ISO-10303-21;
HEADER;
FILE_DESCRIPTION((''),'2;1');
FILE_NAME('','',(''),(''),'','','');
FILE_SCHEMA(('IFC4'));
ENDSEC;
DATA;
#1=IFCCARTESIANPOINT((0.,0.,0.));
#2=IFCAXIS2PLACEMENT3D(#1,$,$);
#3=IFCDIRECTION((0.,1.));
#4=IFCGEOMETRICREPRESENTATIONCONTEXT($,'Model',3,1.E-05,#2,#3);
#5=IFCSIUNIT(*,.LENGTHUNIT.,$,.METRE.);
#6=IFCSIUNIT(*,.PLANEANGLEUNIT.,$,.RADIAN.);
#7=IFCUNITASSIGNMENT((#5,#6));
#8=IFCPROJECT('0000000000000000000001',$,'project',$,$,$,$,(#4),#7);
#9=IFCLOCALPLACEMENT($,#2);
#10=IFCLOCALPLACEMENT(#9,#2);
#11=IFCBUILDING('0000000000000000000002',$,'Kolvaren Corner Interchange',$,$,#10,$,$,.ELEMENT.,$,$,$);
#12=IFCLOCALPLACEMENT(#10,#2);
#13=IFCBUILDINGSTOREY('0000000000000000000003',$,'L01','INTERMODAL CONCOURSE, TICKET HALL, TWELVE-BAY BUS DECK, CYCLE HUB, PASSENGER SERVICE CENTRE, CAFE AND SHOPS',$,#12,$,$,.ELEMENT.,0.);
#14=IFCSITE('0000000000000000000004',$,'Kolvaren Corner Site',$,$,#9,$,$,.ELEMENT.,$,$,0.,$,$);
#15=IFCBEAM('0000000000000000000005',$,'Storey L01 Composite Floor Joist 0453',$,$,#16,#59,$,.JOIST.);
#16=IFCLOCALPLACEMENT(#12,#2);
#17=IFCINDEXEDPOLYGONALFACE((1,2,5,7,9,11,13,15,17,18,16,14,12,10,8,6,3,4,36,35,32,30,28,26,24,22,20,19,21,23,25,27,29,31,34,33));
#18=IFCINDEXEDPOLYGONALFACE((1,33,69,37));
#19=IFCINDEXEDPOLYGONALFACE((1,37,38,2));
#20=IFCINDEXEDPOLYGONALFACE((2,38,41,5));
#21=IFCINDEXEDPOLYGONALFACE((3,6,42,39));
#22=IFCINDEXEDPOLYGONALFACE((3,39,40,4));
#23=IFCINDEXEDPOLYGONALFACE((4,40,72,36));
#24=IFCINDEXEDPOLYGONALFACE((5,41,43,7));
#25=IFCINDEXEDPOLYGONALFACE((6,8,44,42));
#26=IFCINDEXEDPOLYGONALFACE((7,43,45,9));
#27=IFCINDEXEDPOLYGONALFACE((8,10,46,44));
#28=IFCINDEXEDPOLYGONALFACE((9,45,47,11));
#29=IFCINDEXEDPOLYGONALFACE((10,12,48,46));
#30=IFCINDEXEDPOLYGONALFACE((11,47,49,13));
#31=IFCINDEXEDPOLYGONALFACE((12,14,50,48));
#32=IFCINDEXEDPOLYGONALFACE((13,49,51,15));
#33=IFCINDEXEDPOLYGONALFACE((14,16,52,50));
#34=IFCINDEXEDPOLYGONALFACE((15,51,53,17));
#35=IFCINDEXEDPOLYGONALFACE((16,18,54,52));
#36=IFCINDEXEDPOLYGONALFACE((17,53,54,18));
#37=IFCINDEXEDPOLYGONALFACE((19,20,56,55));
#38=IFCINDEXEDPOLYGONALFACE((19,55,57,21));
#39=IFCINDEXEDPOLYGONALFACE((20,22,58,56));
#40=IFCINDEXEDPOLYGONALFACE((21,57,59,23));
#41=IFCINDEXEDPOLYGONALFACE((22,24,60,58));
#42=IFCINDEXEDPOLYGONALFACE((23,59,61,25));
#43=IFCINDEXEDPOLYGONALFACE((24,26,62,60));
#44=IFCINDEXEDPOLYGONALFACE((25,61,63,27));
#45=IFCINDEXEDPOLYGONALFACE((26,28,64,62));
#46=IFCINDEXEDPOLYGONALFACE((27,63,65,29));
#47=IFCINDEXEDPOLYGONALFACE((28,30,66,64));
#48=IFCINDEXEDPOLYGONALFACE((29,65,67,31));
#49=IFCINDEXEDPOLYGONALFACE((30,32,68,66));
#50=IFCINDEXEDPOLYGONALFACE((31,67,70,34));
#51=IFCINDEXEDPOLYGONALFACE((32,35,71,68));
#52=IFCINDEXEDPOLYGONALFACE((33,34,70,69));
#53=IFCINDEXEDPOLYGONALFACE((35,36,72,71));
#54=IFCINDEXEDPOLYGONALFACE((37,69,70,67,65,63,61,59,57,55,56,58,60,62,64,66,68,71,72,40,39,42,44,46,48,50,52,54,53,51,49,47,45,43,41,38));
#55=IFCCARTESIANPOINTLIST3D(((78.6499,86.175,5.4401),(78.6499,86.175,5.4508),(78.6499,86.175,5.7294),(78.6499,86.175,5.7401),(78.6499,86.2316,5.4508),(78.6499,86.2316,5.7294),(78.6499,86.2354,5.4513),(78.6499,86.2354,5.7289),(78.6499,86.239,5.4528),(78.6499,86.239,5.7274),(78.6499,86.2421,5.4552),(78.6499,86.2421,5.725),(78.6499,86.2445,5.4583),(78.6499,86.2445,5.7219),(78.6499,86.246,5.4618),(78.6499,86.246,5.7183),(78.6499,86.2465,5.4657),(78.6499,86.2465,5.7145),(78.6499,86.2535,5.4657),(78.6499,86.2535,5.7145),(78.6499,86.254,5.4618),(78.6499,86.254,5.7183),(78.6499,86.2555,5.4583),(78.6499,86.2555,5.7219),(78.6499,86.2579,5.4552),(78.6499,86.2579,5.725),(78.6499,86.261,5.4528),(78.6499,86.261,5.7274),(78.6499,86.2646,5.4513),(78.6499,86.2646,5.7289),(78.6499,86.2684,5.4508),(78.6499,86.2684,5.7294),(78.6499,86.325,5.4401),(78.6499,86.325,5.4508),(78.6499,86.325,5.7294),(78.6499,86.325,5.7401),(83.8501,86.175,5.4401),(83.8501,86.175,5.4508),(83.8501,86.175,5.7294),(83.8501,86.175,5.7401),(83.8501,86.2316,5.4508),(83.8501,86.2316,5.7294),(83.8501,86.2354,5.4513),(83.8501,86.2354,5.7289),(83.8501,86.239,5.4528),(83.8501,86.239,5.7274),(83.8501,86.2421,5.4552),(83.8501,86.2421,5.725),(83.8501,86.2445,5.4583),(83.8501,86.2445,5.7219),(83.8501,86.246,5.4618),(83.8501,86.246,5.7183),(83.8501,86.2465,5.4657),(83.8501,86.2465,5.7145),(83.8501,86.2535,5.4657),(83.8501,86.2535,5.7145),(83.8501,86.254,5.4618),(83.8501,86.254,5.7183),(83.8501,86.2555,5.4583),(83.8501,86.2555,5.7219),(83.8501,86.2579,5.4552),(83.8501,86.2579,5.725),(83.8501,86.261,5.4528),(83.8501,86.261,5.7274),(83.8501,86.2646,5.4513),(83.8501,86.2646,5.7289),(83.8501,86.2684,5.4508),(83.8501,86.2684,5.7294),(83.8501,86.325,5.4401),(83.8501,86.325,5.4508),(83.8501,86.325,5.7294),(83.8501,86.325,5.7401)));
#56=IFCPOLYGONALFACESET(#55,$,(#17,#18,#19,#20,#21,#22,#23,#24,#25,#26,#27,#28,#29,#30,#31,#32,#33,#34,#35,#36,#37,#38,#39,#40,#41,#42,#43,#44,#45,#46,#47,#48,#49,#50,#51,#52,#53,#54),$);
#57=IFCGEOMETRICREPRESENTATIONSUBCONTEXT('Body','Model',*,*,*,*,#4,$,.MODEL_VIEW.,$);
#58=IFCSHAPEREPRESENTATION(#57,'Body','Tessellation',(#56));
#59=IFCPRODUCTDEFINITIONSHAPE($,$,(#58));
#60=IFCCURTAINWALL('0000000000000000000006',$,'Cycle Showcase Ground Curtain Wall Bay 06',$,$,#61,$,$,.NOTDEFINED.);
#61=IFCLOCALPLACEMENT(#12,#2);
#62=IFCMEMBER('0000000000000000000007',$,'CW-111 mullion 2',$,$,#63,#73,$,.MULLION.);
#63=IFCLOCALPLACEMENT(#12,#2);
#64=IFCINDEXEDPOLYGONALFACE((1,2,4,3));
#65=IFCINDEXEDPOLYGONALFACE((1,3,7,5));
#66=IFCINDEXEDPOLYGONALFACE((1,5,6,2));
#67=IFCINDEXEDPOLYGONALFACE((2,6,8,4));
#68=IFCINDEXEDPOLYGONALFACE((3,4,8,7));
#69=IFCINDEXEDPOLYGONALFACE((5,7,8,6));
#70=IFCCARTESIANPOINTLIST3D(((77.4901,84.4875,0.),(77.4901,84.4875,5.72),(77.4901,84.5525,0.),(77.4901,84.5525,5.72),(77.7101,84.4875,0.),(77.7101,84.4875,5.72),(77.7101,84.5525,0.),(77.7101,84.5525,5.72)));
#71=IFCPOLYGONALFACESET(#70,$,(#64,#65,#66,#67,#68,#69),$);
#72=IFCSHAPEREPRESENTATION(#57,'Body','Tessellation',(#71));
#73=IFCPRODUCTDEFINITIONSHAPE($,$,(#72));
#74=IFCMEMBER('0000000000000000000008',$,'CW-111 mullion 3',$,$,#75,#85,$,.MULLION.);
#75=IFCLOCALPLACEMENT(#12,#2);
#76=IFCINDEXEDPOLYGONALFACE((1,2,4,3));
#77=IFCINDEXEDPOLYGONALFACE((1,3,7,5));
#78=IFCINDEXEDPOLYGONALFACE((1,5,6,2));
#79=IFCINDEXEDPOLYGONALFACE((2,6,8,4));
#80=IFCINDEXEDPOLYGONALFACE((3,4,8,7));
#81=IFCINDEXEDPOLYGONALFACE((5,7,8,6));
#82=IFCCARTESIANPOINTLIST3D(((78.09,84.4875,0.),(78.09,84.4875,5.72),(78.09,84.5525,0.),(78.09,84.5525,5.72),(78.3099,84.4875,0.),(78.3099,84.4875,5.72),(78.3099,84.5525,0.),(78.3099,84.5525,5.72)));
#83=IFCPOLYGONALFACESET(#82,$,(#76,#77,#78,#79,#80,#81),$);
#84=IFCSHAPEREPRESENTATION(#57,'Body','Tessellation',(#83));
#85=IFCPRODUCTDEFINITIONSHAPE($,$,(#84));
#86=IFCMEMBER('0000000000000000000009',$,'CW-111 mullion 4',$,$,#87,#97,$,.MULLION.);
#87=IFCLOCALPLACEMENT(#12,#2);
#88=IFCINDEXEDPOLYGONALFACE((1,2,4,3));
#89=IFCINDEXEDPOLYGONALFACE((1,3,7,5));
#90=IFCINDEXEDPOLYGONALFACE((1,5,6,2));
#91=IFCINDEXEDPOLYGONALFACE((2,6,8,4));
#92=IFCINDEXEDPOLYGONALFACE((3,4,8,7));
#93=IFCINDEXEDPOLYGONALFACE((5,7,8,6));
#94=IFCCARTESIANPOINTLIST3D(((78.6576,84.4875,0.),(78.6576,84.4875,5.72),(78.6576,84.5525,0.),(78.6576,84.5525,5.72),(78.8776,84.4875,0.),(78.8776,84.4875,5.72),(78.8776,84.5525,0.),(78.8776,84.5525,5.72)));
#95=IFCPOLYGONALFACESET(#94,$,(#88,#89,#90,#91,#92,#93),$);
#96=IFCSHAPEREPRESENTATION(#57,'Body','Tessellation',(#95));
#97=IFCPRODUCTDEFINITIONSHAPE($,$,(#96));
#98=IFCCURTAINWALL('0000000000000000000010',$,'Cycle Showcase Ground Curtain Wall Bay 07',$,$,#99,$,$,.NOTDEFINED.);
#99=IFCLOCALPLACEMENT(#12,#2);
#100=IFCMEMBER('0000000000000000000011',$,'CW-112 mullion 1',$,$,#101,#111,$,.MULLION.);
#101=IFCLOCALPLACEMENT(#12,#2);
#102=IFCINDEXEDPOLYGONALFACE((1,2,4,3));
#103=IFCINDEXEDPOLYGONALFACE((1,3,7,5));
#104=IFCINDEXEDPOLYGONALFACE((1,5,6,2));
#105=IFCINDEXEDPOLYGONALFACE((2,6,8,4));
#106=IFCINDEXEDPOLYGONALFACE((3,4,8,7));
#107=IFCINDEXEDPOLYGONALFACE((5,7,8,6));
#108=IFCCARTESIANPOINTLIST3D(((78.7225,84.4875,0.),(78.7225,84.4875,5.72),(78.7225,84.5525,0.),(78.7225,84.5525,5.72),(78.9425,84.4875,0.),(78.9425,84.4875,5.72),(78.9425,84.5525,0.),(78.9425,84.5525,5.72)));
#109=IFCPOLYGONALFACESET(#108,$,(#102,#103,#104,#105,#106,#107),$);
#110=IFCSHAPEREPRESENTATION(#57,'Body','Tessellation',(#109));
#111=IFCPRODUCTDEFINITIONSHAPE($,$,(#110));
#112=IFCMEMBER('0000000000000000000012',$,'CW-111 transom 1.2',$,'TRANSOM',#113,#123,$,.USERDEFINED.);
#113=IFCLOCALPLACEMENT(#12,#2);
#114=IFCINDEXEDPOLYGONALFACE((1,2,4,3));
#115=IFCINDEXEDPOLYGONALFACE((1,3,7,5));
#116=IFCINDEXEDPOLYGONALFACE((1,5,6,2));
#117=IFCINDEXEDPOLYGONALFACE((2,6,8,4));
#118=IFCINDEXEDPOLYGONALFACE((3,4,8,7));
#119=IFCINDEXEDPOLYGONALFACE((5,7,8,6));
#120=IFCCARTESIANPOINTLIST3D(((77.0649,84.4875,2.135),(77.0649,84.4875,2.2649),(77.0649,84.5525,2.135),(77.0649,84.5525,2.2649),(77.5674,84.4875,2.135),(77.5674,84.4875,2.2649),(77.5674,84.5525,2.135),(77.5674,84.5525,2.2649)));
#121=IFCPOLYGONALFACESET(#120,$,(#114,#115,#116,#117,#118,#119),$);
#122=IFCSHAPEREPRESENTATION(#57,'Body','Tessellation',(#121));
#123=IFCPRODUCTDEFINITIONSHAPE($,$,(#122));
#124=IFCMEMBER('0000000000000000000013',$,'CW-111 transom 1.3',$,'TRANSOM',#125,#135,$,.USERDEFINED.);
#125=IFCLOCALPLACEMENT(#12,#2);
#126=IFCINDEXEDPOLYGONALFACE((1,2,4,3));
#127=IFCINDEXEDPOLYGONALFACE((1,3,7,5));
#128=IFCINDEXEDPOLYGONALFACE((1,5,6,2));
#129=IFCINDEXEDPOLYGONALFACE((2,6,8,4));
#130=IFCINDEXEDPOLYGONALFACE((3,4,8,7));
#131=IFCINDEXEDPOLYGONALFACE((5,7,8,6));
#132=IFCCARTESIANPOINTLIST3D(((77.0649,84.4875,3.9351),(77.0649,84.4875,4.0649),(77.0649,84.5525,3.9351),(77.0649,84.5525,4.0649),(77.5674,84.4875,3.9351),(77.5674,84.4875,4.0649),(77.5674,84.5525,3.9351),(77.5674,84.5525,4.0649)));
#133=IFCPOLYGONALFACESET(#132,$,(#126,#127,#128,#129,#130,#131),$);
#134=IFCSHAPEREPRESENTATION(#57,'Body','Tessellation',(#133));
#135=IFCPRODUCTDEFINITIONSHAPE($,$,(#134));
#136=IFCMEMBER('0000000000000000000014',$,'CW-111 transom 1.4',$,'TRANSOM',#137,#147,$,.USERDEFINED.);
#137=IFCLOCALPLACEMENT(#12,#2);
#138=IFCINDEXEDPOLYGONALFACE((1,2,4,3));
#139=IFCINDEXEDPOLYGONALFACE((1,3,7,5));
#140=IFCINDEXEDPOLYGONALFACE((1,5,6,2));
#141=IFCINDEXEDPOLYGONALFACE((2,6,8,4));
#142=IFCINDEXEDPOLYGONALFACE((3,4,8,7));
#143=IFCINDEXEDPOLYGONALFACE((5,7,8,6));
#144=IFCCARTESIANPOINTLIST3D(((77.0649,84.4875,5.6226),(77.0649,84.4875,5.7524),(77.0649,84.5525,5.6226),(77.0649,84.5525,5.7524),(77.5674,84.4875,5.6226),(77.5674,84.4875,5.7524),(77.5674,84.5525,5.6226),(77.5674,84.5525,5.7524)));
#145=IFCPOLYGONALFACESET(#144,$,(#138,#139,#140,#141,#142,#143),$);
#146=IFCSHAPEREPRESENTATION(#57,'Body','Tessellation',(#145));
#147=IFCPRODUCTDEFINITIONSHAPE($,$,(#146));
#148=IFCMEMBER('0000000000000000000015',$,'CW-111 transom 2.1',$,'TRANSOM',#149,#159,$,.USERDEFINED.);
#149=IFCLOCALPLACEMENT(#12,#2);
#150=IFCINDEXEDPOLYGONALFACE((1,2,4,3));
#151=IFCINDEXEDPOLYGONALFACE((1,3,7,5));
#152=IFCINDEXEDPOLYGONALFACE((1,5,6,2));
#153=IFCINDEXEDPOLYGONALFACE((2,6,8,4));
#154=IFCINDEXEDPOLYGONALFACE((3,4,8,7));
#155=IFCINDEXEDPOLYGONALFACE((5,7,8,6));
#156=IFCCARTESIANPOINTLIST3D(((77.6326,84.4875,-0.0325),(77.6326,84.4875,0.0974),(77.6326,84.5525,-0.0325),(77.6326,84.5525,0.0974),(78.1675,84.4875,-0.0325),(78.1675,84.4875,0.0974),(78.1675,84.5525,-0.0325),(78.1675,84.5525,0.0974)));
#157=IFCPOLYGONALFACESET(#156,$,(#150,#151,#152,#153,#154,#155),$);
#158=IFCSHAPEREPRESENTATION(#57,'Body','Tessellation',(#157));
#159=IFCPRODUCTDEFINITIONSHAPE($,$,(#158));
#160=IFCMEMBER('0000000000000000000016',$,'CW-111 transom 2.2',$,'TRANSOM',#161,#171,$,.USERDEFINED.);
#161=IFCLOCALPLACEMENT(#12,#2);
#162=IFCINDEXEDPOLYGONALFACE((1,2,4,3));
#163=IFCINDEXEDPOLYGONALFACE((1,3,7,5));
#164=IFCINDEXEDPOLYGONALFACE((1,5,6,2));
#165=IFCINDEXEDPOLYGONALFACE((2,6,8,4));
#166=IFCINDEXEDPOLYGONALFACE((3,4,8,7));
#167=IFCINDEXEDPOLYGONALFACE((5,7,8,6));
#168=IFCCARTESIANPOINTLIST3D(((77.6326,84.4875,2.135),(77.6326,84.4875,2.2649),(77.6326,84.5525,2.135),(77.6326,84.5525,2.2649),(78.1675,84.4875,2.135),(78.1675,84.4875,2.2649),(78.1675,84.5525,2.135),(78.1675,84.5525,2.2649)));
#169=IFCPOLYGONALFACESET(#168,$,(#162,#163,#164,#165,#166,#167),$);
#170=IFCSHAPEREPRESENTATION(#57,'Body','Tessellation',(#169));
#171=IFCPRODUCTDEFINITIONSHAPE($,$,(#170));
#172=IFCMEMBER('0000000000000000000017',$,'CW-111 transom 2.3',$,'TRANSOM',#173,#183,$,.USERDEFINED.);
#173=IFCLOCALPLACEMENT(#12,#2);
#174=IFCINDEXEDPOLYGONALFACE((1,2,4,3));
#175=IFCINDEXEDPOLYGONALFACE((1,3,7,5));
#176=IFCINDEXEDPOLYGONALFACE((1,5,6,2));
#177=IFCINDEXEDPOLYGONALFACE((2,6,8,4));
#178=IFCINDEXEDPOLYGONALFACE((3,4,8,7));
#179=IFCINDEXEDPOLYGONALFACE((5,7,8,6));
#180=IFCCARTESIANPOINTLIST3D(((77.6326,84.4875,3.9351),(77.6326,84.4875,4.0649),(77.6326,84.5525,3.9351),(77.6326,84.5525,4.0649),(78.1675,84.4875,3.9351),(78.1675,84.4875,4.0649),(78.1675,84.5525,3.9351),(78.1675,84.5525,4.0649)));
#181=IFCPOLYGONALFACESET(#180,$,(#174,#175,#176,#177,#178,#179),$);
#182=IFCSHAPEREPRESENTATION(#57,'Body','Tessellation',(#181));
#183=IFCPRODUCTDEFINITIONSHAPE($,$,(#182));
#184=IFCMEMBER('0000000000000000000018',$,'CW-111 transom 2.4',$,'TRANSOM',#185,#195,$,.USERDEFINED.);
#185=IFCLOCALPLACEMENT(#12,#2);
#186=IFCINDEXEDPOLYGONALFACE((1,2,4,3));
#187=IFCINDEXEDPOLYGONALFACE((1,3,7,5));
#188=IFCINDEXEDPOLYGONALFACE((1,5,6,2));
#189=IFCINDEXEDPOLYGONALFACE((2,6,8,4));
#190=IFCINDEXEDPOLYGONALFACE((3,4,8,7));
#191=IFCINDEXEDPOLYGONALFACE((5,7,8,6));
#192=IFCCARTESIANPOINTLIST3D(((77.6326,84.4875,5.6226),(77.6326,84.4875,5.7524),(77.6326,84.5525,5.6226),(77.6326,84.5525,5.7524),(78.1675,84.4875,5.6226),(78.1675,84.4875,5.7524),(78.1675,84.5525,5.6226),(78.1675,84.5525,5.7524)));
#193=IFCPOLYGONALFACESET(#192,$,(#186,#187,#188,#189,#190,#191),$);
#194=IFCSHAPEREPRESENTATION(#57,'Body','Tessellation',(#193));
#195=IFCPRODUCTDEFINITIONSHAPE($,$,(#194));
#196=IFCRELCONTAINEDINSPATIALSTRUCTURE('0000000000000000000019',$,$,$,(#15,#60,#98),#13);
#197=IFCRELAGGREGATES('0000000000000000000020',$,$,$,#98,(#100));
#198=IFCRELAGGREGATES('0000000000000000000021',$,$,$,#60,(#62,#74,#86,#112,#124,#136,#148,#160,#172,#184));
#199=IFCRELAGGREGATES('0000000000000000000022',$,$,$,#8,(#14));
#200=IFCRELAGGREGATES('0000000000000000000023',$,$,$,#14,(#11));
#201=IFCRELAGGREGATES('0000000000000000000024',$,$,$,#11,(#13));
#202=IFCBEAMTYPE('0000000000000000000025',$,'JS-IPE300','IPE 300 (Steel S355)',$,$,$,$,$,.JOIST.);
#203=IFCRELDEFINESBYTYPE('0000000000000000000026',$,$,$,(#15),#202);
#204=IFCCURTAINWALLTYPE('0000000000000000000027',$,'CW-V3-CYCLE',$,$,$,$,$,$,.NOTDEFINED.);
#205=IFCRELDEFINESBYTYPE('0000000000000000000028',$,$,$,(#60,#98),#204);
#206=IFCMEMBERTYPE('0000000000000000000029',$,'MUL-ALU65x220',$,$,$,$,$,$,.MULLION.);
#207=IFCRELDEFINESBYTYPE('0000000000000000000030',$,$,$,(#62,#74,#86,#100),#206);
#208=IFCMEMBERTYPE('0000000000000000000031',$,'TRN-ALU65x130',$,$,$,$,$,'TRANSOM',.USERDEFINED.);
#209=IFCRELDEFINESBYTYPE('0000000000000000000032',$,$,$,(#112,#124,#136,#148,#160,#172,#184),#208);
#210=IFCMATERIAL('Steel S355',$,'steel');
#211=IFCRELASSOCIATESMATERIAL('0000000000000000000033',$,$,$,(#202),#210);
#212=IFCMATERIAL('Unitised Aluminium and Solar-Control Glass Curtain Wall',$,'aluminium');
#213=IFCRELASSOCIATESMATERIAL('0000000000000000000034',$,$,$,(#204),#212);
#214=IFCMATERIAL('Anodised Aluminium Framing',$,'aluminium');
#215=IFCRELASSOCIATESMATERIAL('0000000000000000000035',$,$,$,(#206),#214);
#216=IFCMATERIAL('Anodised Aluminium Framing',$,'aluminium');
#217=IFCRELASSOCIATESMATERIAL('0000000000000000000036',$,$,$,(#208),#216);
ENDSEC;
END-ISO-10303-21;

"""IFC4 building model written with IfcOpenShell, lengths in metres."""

from ifc_helpers import new_model, si_unit, direction, frame, origin, origin_2d, place, context, subcontext, project, spatial, rectangle, i_section, extrude, material, material_profile, profile_set, type_object, element, aggregate, save


model = new_model("IFC4")

# Units and contexts
model_context = context("Model", 3, precision=1e-05, world=origin(), true_north=direction((0.0, 1.0)))
body_context = subcontext(model_context, "Body", "Model", "MODEL_VIEW")
ifc_project = project(units=[si_unit("LENGTHUNIT", "METRE"), si_unit("PLANEANGLEUNIT", "RADIAN")], contexts=[model_context])

# Site, building, storey
site_placement = place(None, origin())
site = spatial("IfcSite", under=ifc_project, at=site_placement, Name="Kolvaren Corner Site", CompositionType="ELEMENT", RefElevation=0.0)
building_placement = place(site_placement, origin())
building = spatial("IfcBuilding", under=site, at=building_placement, Name="Kolvaren Corner Interchange", CompositionType="ELEMENT")
storey_placement = place(building_placement, origin())
storey = spatial("IfcBuildingStorey", under=building, at=storey_placement, Name="L01", Description="INTERMODAL CONCOURSE, TICKET HALL, TWELVE-BAY BUS DECK, CYCLE HUB, PASSENGER SERVICE CENTRE, CAFE AND SHOPS", CompositionType="ELEMENT", Elevation=0.0)

# Beam
ifc_material_1 = material(Name="Steel S355", Category="steel")
ifc_material_profile_1 = material_profile(ifc_material_1, i_section(OverallWidth=0.1499, OverallDepth=0.3, WebThickness=0.0071, FlangeThickness=0.0107, FilletRadius=0.0149, at=origin_2d()), Name="IPE 300")
ifc_profile_set_1 = profile_set([ifc_material_profile_1], Name="Steel S355")
beam_type = type_object("IfcBeamType", Name="JS-IPE300", Description="IPE 300 (Steel S355)", PredefinedType="JOIST", material=ifc_profile_set_1)
beam_placement = place(storey_placement, frame((78.6499, 86.25, 5.5901), z_axis=(1.0, 0.0, 0.0), x_axis=(0.0, 1.0, 0.0)))
element("IfcBeam", 1, at=beam_placement, inside=storey, type_object=beam_type, Name="Storey L01 Composite Floor Joist 0453", PredefinedType="JOIST", context=body_context, shape_type="SweptSolid", body=[
    extrude(i_section(OverallWidth=0.1499, OverallDepth=0.3, WebThickness=0.0071, FlangeThickness=0.0107, FilletRadius=0.0149, at=origin_2d()), origin(), (0.0, 0.0, 1.0), 5.2002),
])

# Curtain wall, members
ifc_material_2 = material(Name="Unitised Aluminium and Solar-Control Glass Curtain Wall", Category="aluminium")
curtain_wall_type = type_object("IfcCurtainWallType", Name="CW-V3-CYCLE", PredefinedType="NOTDEFINED", material=ifc_material_2)
curtain_wall_1_placement = place(storey_placement, origin())
curtain_wall_1 = element("IfcCurtainWall", 2, at=curtain_wall_1_placement, inside=storey, type_object=curtain_wall_type, Name="Cycle Showcase Ground Curtain Wall Bay 06", PredefinedType="NOTDEFINED")
ifc_material_3 = material(Name="Anodised Aluminium Framing", Category="aluminium")
ifc_material_profile_2 = material_profile(ifc_material_3, rectangle(XDim=0.0649, YDim=0.22, at=origin_2d()), Name="ALU 65x220")
ifc_profile_set_2 = profile_set([ifc_material_profile_2], Name="Anodised Aluminium Framing")
member_type_1 = type_object("IfcMemberType", Name="MUL-ALU65x220", PredefinedType="MULLION", material=ifc_profile_set_2)
member_1_placement = place(storey_placement, frame((77.6001, 84.52, 0.0), z_axis=(0.0, 0.0, 1.0), x_axis=(0.0, 1.0, 0.0)))
member_1 = element("IfcMember", 3, at=member_1_placement, type_object=member_type_1, Name="CW-111 mullion 2", PredefinedType="MULLION", context=body_context, shape_type="SweptSolid", body=[
    extrude(rectangle(XDim=0.0649, YDim=0.22, at=origin_2d()), origin(), (0.0, 0.0, 1.0), 5.72),
])
member_2_placement = place(storey_placement, frame((78.2, 84.52, 0.0), z_axis=(0.0, 0.0, 1.0), x_axis=(0.0, 1.0, 0.0)))
member_2 = element("IfcMember", 4, at=member_2_placement, type_object=member_type_1, Name="CW-111 mullion 3", PredefinedType="MULLION", context=body_context, shape_type="SweptSolid", body=[
    extrude(rectangle(XDim=0.0649, YDim=0.22, at=origin_2d()), origin(), (0.0, 0.0, 1.0), 5.72),
])
member_3_placement = place(storey_placement, frame((78.7676, 84.52, 0.0), z_axis=(0.0, 0.0, 1.0), x_axis=(0.0, 1.0, 0.0)))
member_3 = element("IfcMember", 5, at=member_3_placement, type_object=member_type_1, Name="CW-111 mullion 4", PredefinedType="MULLION", context=body_context, shape_type="SweptSolid", body=[
    extrude(rectangle(XDim=0.0649, YDim=0.22, at=origin_2d()), origin(), (0.0, 0.0, 1.0), 5.72),
])

# Curtain wall, member
curtain_wall_2_placement = place(storey_placement, origin())
curtain_wall_2 = element("IfcCurtainWall", 6, at=curtain_wall_2_placement, inside=storey, type_object=curtain_wall_type, Name="Cycle Showcase Ground Curtain Wall Bay 07", PredefinedType="NOTDEFINED")
member_4_placement = place(storey_placement, frame((78.8325, 84.52, 0.0), z_axis=(0.0, 0.0, 1.0), x_axis=(0.0, 1.0, 0.0)))
member_4 = element("IfcMember", 7, at=member_4_placement, type_object=member_type_1, Name="CW-112 mullion 1", PredefinedType="MULLION", context=body_context, shape_type="SweptSolid", body=[
    extrude(rectangle(XDim=0.0649, YDim=0.22, at=origin_2d()), origin(), (0.0, 0.0, 1.0), 5.72),
])

# Members
ifc_material_4 = material(Name="Anodised Aluminium Framing", Category="aluminium")
ifc_material_profile_3 = material_profile(ifc_material_4, rectangle(XDim=0.0649, YDim=0.1299, at=origin_2d()), Name="ALU 65x130")
ifc_profile_set_3 = profile_set([ifc_material_profile_3], Name="Anodised Aluminium Framing")
member_type_2 = type_object("IfcMemberType", Name="TRN-ALU65x130", ElementType="TRANSOM", PredefinedType="USERDEFINED", material=ifc_profile_set_3)
member_5_placement = place(storey_placement, frame((77.0649, 84.52, 2.2), z_axis=(1.0, 0.0, 0.0), x_axis=(0.0, 1.0, 0.0)))
member_5 = element("IfcMember", 8, at=member_5_placement, type_object=member_type_2, Name="CW-111 transom 1.2", ObjectType="TRANSOM", PredefinedType="USERDEFINED", context=body_context, shape_type="SweptSolid", body=[
    extrude(rectangle(XDim=0.0649, YDim=0.1299, at=origin_2d()), origin(), (0.0, 0.0, 1.0), 0.5024),
])
member_6_placement = place(storey_placement, frame((77.0649, 84.52, 4.0), z_axis=(1.0, 0.0, 0.0), x_axis=(0.0, 1.0, 0.0)))
member_6 = element("IfcMember", 9, at=member_6_placement, type_object=member_type_2, Name="CW-111 transom 1.3", ObjectType="TRANSOM", PredefinedType="USERDEFINED", context=body_context, shape_type="SweptSolid", body=[
    extrude(rectangle(XDim=0.0649, YDim=0.1299, at=origin_2d()), origin(), (0.0, 0.0, 1.0), 0.5024),
])
member_7_placement = place(storey_placement, frame((77.0649, 84.52, 5.6875), z_axis=(1.0, 0.0, 0.0), x_axis=(0.0, 1.0, 0.0)))
member_7 = element("IfcMember", 10, at=member_7_placement, type_object=member_type_2, Name="CW-111 transom 1.4", ObjectType="TRANSOM", PredefinedType="USERDEFINED", context=body_context, shape_type="SweptSolid", body=[
    extrude(rectangle(XDim=0.0649, YDim=0.1299, at=origin_2d()), origin(), (0.0, 0.0, 1.0), 0.5024),
])
member_8_placement = place(storey_placement, frame((77.6326, 84.52, 0.0325), z_axis=(1.0, 0.0, 0.0), x_axis=(0.0, 1.0, 0.0)))
member_8 = element("IfcMember", 11, at=member_8_placement, type_object=member_type_2, Name="CW-111 transom 2.1", ObjectType="TRANSOM", PredefinedType="USERDEFINED", context=body_context, shape_type="SweptSolid", body=[
    extrude(rectangle(XDim=0.0649, YDim=0.1299, at=origin_2d()), origin(), (0.0, 0.0, 1.0), 0.5349),
])
member_9_placement = place(storey_placement, frame((77.6326, 84.52, 2.2), z_axis=(1.0, 0.0, 0.0), x_axis=(0.0, 1.0, 0.0)))
member_9 = element("IfcMember", 12, at=member_9_placement, type_object=member_type_2, Name="CW-111 transom 2.2", ObjectType="TRANSOM", PredefinedType="USERDEFINED", context=body_context, shape_type="SweptSolid", body=[
    extrude(rectangle(XDim=0.0649, YDim=0.1299, at=origin_2d()), origin(), (0.0, 0.0, 1.0), 0.5349),
])
member_10_placement = place(storey_placement, frame((77.6326, 84.52, 4.0), z_axis=(1.0, 0.0, 0.0), x_axis=(0.0, 1.0, 0.0)))
member_10 = element("IfcMember", 13, at=member_10_placement, type_object=member_type_2, Name="CW-111 transom 2.3", ObjectType="TRANSOM", PredefinedType="USERDEFINED", context=body_context, shape_type="SweptSolid", body=[
    extrude(rectangle(XDim=0.0649, YDim=0.1299, at=origin_2d()), origin(), (0.0, 0.0, 1.0), 0.5349),
])
member_11_placement = place(storey_placement, frame((77.6326, 84.52, 5.6875), z_axis=(1.0, 0.0, 0.0), x_axis=(0.0, 1.0, 0.0)))
member_11 = element("IfcMember", 14, at=member_11_placement, type_object=member_type_2, Name="CW-111 transom 2.4", ObjectType="TRANSOM", PredefinedType="USERDEFINED", context=body_context, shape_type="SweptSolid", body=[
    extrude(rectangle(XDim=0.0649, YDim=0.1299, at=origin_2d()), origin(), (0.0, 0.0, 1.0), 0.5349),
])
aggregate(curtain_wall_2, [member_4])

aggregate(curtain_wall_1, [member_1, member_2, member_3, member_5, member_6, member_7, member_8, member_9, member_10, member_11])

save(model, "model.ifc")
